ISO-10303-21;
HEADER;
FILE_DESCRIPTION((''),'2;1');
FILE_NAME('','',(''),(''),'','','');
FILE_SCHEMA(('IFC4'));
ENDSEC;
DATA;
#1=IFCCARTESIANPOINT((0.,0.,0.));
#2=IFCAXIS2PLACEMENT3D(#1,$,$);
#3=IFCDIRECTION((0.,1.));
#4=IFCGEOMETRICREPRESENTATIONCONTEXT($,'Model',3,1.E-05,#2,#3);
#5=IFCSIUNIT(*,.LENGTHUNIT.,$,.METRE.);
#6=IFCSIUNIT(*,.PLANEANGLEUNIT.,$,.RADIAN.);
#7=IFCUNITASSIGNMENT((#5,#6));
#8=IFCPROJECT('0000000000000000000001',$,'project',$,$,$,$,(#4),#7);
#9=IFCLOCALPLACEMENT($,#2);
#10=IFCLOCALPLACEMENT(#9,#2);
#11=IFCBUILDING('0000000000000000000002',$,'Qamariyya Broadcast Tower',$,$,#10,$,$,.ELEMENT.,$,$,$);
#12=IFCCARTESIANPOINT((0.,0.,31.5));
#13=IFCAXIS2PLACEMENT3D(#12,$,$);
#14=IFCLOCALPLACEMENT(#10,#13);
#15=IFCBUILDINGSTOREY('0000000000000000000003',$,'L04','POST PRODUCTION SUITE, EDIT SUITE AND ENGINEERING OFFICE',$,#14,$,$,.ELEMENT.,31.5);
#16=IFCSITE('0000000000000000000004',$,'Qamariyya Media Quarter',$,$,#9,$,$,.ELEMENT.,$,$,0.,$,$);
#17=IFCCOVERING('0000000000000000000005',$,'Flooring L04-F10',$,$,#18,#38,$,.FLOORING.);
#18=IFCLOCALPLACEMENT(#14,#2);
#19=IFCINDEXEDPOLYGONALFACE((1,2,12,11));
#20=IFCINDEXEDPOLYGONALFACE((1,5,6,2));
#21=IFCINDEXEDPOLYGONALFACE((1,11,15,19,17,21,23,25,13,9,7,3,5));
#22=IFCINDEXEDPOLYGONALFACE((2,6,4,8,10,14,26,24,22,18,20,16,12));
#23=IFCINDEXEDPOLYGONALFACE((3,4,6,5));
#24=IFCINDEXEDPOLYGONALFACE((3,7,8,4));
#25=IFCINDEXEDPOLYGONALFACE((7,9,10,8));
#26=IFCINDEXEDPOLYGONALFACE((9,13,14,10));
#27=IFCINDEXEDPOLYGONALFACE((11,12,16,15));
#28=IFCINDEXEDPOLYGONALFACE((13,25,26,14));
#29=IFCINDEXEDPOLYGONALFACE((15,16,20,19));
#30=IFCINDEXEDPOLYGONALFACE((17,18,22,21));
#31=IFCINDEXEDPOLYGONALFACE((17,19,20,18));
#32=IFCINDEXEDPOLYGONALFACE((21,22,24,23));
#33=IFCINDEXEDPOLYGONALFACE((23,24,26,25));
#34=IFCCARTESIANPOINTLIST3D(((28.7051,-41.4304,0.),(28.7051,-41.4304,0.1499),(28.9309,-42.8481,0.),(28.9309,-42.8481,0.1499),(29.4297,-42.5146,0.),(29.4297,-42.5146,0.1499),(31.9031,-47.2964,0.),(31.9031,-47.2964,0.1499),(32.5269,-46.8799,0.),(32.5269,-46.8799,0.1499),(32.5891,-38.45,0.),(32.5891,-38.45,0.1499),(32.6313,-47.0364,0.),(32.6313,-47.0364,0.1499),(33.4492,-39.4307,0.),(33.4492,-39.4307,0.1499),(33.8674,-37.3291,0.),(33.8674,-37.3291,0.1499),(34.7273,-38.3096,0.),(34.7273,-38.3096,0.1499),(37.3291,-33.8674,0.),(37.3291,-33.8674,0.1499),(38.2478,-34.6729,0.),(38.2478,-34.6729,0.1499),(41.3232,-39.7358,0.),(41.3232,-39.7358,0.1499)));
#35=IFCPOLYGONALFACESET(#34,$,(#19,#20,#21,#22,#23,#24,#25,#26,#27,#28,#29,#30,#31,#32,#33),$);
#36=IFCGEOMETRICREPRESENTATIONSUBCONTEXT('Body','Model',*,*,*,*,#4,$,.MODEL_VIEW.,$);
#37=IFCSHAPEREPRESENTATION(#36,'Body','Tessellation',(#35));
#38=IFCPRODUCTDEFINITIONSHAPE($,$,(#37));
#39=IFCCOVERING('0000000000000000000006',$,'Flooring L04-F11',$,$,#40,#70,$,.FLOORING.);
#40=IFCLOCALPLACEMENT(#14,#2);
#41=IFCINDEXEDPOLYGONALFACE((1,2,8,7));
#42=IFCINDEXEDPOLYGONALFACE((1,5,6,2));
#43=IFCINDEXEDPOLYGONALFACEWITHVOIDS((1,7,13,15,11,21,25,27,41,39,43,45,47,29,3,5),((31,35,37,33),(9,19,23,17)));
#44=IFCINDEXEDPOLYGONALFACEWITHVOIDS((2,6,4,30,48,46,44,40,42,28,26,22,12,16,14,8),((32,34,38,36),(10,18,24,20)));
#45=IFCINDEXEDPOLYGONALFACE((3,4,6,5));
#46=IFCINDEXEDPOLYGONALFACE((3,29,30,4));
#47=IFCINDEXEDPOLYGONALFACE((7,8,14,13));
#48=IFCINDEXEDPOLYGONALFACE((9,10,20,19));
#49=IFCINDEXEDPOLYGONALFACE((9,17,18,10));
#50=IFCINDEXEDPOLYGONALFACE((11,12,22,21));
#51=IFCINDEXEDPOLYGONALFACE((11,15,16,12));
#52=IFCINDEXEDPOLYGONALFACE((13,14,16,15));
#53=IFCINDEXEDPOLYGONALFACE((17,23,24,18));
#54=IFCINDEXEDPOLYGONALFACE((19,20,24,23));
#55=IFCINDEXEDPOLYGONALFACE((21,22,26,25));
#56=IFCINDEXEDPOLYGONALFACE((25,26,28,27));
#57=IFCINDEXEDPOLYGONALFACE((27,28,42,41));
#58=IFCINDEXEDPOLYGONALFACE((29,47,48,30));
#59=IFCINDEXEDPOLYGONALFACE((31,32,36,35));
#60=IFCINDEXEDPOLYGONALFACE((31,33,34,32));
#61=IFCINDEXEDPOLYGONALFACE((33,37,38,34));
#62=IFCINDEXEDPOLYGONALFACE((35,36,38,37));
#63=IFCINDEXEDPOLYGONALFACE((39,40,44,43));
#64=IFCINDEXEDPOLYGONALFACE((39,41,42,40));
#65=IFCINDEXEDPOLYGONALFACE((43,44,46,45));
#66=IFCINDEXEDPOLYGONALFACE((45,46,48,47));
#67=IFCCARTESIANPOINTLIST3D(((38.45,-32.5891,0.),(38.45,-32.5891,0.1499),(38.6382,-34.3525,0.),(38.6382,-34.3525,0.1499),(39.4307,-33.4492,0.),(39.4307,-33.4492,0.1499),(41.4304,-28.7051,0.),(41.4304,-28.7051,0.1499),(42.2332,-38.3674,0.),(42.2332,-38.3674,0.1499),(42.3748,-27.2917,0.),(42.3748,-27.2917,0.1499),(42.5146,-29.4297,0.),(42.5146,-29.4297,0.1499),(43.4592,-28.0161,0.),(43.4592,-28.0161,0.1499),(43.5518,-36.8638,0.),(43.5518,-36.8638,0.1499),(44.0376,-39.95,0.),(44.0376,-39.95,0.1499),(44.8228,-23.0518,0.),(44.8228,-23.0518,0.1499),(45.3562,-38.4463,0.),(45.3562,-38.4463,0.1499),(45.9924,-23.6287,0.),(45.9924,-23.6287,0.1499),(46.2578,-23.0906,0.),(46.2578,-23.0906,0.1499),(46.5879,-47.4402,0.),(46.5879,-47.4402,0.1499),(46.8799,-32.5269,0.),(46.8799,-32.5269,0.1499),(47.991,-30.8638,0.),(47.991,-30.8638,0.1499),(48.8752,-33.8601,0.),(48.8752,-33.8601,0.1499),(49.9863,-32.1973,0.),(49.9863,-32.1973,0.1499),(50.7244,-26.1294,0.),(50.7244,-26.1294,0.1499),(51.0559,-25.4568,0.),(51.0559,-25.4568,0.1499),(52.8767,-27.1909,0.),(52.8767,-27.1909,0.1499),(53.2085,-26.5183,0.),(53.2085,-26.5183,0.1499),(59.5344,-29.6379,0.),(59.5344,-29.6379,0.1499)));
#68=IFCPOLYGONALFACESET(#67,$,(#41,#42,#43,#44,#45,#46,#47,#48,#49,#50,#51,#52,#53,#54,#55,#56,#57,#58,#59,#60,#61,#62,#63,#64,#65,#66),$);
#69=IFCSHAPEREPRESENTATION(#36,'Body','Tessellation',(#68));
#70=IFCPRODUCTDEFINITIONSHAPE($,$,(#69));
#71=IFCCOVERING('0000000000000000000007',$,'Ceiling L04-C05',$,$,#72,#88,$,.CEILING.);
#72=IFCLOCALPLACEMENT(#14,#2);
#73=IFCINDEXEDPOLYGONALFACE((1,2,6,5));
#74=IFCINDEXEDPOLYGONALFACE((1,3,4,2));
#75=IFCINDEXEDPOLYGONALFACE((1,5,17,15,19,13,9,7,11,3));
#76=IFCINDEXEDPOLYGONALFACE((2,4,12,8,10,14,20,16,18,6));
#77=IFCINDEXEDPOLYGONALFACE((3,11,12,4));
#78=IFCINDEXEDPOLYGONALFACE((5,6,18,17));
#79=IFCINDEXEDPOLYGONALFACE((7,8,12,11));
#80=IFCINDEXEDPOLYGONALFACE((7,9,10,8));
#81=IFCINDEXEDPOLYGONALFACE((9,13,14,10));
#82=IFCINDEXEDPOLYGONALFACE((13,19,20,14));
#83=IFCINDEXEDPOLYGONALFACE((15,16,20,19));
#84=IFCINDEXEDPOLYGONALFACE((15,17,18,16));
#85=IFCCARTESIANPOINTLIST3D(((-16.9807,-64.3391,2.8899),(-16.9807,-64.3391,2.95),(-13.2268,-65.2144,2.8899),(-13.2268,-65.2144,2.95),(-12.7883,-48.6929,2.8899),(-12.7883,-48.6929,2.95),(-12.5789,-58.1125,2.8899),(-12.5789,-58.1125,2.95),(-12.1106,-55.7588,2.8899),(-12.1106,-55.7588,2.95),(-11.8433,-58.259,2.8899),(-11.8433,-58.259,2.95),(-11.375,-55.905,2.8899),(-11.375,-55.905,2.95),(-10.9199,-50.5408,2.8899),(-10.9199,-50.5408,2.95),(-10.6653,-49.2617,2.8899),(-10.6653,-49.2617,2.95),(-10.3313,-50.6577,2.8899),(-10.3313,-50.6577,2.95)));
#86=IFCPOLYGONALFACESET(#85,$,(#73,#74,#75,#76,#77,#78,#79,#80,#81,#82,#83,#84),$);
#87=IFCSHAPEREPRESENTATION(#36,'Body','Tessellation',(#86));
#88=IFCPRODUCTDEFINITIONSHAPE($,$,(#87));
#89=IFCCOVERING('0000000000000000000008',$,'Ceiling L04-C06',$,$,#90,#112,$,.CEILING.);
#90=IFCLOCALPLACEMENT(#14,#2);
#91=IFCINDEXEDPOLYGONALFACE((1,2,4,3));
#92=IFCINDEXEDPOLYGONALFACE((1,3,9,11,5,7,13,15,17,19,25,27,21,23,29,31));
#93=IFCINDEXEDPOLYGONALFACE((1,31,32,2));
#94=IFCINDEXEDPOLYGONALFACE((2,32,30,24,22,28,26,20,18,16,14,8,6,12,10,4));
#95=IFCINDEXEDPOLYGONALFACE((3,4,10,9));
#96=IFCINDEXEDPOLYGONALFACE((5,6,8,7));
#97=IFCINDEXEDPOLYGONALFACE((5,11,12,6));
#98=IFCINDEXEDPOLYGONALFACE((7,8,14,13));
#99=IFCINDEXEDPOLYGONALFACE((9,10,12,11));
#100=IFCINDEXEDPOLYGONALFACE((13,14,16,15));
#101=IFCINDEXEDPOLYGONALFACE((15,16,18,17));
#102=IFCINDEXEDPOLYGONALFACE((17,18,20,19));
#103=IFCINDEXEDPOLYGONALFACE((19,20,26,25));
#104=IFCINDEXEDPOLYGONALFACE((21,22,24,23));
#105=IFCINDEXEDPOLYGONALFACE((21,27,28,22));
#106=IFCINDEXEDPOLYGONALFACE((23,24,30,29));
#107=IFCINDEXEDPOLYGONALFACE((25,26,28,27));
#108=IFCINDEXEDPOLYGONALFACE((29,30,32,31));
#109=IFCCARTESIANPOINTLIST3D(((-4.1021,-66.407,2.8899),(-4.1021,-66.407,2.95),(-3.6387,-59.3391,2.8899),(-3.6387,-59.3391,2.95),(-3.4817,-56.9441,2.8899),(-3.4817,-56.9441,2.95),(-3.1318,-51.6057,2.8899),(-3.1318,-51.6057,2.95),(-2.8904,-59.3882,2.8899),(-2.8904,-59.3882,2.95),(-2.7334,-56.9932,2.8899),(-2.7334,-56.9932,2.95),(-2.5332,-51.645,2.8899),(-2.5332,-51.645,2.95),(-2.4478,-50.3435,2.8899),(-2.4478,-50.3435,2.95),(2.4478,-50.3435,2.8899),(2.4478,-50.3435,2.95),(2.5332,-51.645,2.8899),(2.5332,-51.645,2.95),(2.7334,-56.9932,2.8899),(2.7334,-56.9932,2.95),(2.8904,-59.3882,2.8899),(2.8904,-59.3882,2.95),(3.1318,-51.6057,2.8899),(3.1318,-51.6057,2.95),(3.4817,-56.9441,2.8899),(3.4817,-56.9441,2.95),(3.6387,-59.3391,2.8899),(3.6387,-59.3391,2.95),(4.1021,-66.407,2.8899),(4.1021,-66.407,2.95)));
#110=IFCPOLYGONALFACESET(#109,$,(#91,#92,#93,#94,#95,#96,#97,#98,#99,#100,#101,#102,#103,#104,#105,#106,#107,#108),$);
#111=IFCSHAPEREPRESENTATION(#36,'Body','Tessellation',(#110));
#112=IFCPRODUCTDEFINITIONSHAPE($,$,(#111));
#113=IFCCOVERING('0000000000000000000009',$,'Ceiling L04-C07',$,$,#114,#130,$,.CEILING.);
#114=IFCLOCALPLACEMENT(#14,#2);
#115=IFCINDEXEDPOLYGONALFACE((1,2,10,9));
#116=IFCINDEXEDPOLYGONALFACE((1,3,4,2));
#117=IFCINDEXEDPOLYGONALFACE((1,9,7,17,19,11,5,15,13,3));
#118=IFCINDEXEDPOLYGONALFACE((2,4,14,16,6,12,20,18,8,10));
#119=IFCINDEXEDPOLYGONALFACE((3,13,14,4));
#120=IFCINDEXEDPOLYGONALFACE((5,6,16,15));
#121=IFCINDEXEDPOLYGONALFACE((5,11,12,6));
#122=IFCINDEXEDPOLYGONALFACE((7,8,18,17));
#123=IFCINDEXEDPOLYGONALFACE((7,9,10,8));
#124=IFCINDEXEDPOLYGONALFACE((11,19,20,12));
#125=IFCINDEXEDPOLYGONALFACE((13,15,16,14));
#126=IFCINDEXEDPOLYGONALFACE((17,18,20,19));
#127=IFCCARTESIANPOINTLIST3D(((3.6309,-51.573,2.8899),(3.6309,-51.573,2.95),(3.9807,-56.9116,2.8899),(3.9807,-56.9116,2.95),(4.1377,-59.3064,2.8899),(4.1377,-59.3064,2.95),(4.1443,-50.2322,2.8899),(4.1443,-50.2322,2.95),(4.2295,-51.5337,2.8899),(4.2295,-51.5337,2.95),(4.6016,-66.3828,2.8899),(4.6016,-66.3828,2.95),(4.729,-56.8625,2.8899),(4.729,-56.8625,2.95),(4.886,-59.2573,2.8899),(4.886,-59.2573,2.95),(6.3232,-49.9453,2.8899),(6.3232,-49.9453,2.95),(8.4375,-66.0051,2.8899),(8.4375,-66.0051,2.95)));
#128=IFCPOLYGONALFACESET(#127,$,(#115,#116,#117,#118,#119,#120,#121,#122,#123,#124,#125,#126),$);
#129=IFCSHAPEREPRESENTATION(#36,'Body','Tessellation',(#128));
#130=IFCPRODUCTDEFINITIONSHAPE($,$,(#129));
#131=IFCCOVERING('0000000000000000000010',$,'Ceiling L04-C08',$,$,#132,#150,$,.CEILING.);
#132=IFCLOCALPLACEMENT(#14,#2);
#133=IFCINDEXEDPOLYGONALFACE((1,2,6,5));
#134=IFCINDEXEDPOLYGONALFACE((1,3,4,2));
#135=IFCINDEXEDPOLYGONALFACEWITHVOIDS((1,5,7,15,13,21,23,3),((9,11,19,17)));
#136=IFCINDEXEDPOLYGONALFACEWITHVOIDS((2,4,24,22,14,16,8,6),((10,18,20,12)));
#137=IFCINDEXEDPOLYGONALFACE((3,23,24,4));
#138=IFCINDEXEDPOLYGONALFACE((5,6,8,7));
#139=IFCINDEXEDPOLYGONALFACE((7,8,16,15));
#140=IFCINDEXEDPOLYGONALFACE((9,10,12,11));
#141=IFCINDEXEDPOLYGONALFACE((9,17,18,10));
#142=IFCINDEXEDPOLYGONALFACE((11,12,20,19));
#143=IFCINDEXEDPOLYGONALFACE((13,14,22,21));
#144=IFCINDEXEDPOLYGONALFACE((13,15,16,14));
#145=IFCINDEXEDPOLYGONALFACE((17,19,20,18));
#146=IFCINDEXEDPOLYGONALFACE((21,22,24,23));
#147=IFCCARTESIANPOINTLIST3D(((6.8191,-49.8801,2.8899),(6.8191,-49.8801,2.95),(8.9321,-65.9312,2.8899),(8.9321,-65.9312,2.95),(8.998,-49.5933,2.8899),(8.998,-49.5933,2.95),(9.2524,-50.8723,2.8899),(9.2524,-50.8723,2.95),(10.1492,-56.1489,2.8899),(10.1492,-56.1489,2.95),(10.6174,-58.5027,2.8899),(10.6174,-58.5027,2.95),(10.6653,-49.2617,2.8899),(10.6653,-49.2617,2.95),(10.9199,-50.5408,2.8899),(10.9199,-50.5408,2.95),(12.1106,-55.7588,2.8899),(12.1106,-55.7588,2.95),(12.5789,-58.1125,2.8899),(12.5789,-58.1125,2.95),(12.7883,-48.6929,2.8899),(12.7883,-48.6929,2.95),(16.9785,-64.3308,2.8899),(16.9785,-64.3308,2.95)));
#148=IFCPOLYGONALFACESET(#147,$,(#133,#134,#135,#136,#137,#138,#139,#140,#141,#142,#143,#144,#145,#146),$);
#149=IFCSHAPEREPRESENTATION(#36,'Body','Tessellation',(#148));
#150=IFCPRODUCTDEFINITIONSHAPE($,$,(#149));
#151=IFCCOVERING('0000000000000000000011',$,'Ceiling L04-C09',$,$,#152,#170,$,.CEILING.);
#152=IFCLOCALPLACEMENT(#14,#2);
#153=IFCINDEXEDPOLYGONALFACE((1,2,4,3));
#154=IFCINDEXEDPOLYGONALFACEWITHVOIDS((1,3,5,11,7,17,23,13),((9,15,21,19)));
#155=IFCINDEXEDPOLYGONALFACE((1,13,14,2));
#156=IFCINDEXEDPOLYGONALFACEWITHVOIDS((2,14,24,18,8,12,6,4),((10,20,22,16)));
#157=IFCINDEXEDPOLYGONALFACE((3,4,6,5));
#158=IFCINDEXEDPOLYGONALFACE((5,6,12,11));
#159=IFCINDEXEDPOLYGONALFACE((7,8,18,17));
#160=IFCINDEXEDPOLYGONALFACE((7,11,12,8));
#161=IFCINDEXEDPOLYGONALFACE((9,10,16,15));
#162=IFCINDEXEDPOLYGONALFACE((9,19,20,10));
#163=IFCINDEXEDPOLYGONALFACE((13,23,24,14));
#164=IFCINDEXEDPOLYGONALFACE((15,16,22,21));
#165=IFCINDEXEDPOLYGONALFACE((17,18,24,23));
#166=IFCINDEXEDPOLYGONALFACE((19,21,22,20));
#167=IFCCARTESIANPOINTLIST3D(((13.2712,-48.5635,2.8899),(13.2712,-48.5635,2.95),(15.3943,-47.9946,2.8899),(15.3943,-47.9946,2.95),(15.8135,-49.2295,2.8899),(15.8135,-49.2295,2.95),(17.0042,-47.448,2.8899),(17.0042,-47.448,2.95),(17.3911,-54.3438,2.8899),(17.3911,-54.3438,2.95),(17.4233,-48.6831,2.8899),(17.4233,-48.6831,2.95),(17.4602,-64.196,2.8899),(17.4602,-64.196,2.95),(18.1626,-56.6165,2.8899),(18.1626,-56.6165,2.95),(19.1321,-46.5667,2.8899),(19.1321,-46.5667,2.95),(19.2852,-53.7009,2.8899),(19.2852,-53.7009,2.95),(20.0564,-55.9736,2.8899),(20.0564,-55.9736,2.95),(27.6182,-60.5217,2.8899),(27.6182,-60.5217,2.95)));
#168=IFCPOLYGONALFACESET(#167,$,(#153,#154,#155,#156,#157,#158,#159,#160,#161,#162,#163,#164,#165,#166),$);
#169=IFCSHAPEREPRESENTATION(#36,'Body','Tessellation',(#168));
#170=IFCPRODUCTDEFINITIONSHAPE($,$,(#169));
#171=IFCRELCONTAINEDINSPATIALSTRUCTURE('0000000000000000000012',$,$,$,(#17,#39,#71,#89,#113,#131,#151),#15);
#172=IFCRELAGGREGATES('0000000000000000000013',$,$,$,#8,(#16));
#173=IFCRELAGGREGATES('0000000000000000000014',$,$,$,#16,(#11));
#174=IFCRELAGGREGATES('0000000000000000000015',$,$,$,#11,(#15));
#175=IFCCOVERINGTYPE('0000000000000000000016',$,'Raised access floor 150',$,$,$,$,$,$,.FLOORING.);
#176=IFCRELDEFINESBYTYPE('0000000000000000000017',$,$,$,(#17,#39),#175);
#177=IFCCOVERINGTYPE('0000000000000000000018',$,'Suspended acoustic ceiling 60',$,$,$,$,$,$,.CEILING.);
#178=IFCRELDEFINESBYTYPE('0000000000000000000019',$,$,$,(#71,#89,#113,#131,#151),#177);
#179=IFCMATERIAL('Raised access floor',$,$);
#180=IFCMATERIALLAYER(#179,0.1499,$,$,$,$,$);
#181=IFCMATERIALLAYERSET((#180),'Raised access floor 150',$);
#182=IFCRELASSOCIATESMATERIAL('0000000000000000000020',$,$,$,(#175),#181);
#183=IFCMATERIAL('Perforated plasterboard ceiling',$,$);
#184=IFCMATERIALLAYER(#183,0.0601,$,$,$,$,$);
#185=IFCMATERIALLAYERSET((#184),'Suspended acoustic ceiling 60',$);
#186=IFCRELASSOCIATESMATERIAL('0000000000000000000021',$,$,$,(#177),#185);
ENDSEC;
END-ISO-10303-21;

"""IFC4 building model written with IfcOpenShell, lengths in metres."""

from ifc_helpers import new_model, si_unit, direction, frame, origin, place, context, subcontext, project, spatial, polyline, outline, extrude, material, layer, layer_set, type_object, element, save


model = new_model("IFC4")

# Units and contexts
model_context = context("Model", 3, precision=1e-05, world=origin(), true_north=direction((0.0, 1.0)))
body_context = subcontext(model_context, "Body", "Model", "MODEL_VIEW")
ifc_project = project(units=[si_unit("LENGTHUNIT", "METRE"), si_unit("PLANEANGLEUNIT", "RADIAN")], contexts=[model_context])

# Site, building, storey
site_placement = place(None, origin())
site = spatial("IfcSite", under=ifc_project, at=site_placement, Name="Qamariyya Media Quarter", CompositionType="ELEMENT", RefElevation=0.0)
building_placement = place(site_placement, origin())
building = spatial("IfcBuilding", under=site, at=building_placement, Name="Qamariyya Broadcast Tower", CompositionType="ELEMENT")
storey_placement = place(building_placement, frame((0.0, 0.0, 31.5)))
storey = spatial("IfcBuildingStorey", under=building, at=storey_placement, Name="L04", Description="POST PRODUCTION SUITE, EDIT SUITE AND ENGINEERING OFFICE", CompositionType="ELEMENT", Elevation=31.5)

# Coverings
ifc_material_1 = material(Name="Raised access floor")
ifc_layer_1 = layer(ifc_material_1, 0.1499)
ifc_layer_set_1 = layer_set([ifc_layer_1], Name="Raised access floor 150")
covering_type_1 = type_object("IfcCoveringType", Name="Raised access floor 150", PredefinedType="FLOORING", material=ifc_layer_set_1)
covering_1_placement = place(storey_placement, origin())
element("IfcCovering", 1, at=covering_1_placement, inside=storey, type_object=covering_type_1, Name="Flooring L04-F10", PredefinedType="FLOORING", context=body_context, shape_type="SweptSolid", body=[
    extrude(outline(polyline([(32.5269, -46.8799), (31.9031, -47.2964), (28.9309, -42.8481), (29.4297, -42.5146), (28.7051, -41.4304), (32.5891, -38.45), (33.4492, -39.4307), (34.7273, -38.3096), (33.8674, -37.3291), (37.3291, -33.8674), (38.2478, -34.6729), (41.3232, -39.7358), (32.6313, -47.0364), (32.5269, -46.8799)])), origin(), (0.0, 0.0, 1.0), 0.1499),
])
covering_2_placement = place(storey_placement, origin())
element("IfcCovering", 2, at=covering_2_placement, inside=storey, type_object=covering_type_1, Name="Flooring L04-F11", PredefinedType="FLOORING", context=body_context, shape_type="SweptSolid", body=[
    extrude(outline(polyline([(38.6382, -34.3525), (39.4307, -33.4492), (38.45, -32.5891), (41.4304, -28.7051), (42.5146, -29.4297), (43.4592, -28.0161), (42.3748, -27.2917), (44.8228, -23.0518), (45.9924, -23.6287), (46.2578, -23.0906), (51.0559, -25.4568), (50.7244, -26.1294), (52.8767, -27.1909), (53.2085, -26.5183), (59.5344, -29.6379), (46.5879, -47.4402), (38.6382, -34.3525)]), holes=[polyline([(48.8752, -33.8601), (49.9863, -32.1973), (47.991, -30.8638), (46.8799, -32.5269), (48.8752, -33.8601)]), polyline([(44.0376, -39.95), (45.3562, -38.4463), (43.5518, -36.8638), (42.2332, -38.3674), (44.0376, -39.95)])]), origin(), (0.0, 0.0, 1.0), 0.1499),
])
ifc_material_2 = material(Name="Perforated plasterboard ceiling")
ifc_layer_2 = layer(ifc_material_2, 0.0601)
ifc_layer_set_2 = layer_set([ifc_layer_2], Name="Suspended acoustic ceiling 60")
covering_type_2 = type_object("IfcCoveringType", Name="Suspended acoustic ceiling 60", PredefinedType="CEILING", material=ifc_layer_set_2)
covering_3_placement = place(storey_placement, frame((0.0, 0.0, 2.8899)))
element("IfcCovering", 3, at=covering_3_placement, inside=storey, type_object=covering_type_2, Name="Ceiling L04-C05", PredefinedType="CEILING", context=body_context, shape_type="SweptSolid", body=[
    extrude(outline(polyline([(-12.7883, -48.6929), (-10.6653, -49.2617), (-10.9199, -50.5408), (-10.3313, -50.6577), (-11.375, -55.905), (-12.1106, -55.7588), (-12.5789, -58.1125), (-11.8433, -58.259), (-13.2268, -65.2144), (-16.9807, -64.3391), (-12.7883, -48.6929)])), origin(), (0.0, 0.0, 1.0), 0.0601),
])
covering_4_placement = place(storey_placement, frame((0.0, 0.0, 2.8899)))
element("IfcCovering", 4, at=covering_4_placement, inside=storey, type_object=covering_type_2, Name="Ceiling L04-C06", PredefinedType="CEILING", context=body_context, shape_type="SweptSolid", body=[
    extrude(outline(polyline([(-3.6387, -59.3391), (-2.8904, -59.3882), (-2.7334, -56.9932), (-3.4817, -56.9441), (-3.1318, -51.6057), (-2.5332, -51.645), (-2.4478, -50.3435), (2.4478, -50.3435), (2.5332, -51.645), (3.1318, -51.6057), (3.4817, -56.9441), (2.7334, -56.9932), (2.8904, -59.3882), (3.6387, -59.3391), (4.1021, -66.407), (-4.1021, -66.407), (-3.6387, -59.3391)])), origin(), (0.0, 0.0, 1.0), 0.0601),
])
covering_5_placement = place(storey_placement, frame((0.0, 0.0, 2.8899)))
element("IfcCovering", 5, at=covering_5_placement, inside=storey, type_object=covering_type_2, Name="Ceiling L04-C07", PredefinedType="CEILING", context=body_context, shape_type="SweptSolid", body=[
    extrude(outline(polyline([(4.1377, -59.3064), (4.886, -59.2573), (4.729, -56.8625), (3.9807, -56.9116), (3.6309, -51.573), (4.2295, -51.5337), (4.1443, -50.2322), (6.3232, -49.9453), (8.4375, -66.0051), (4.6016, -66.3828), (4.1377, -59.3064)])), origin(), (0.0, 0.0, 1.0), 0.0601),
])
covering_6_placement = place(storey_placement, frame((0.0, 0.0, 2.8899)))
element("IfcCovering", 6, at=covering_6_placement, inside=storey, type_object=covering_type_2, Name="Ceiling L04-C08", PredefinedType="CEILING", context=body_context, shape_type="SweptSolid", body=[
    extrude(outline(polyline([(6.8191, -49.8801), (8.998, -49.5933), (9.2524, -50.8723), (10.9199, -50.5408), (10.6653, -49.2617), (12.7883, -48.6929), (16.9785, -64.3308), (8.9321, -65.9312), (6.8191, -49.8801)]), holes=[polyline([(10.6174, -58.5027), (12.5789, -58.1125), (12.1106, -55.7588), (10.1492, -56.1489), (10.6174, -58.5027)])]), origin(), (0.0, 0.0, 1.0), 0.0601),
])
covering_7_placement = place(storey_placement, frame((0.0, 0.0, 2.8899)))
element("IfcCovering", 7, at=covering_7_placement, inside=storey, type_object=covering_type_2, Name="Ceiling L04-C09", PredefinedType="CEILING", context=body_context, shape_type="SweptSolid", body=[
    extrude(outline(polyline([(17.4602, -64.196), (13.2712, -48.5635), (15.3943, -47.9946), (15.8135, -49.2295), (17.4233, -48.6831), (17.0042, -47.448), (19.1321, -46.5667), (27.6182, -60.5217), (17.4602, -64.196)]), holes=[polyline([(17.3911, -54.3438), (18.1626, -56.6165), (20.0564, -55.9736), (19.2852, -53.7009), (17.3911, -54.3438)])]), origin(), (0.0, 0.0, 1.0), 0.0601),
])

save(model, "model.ifc")
